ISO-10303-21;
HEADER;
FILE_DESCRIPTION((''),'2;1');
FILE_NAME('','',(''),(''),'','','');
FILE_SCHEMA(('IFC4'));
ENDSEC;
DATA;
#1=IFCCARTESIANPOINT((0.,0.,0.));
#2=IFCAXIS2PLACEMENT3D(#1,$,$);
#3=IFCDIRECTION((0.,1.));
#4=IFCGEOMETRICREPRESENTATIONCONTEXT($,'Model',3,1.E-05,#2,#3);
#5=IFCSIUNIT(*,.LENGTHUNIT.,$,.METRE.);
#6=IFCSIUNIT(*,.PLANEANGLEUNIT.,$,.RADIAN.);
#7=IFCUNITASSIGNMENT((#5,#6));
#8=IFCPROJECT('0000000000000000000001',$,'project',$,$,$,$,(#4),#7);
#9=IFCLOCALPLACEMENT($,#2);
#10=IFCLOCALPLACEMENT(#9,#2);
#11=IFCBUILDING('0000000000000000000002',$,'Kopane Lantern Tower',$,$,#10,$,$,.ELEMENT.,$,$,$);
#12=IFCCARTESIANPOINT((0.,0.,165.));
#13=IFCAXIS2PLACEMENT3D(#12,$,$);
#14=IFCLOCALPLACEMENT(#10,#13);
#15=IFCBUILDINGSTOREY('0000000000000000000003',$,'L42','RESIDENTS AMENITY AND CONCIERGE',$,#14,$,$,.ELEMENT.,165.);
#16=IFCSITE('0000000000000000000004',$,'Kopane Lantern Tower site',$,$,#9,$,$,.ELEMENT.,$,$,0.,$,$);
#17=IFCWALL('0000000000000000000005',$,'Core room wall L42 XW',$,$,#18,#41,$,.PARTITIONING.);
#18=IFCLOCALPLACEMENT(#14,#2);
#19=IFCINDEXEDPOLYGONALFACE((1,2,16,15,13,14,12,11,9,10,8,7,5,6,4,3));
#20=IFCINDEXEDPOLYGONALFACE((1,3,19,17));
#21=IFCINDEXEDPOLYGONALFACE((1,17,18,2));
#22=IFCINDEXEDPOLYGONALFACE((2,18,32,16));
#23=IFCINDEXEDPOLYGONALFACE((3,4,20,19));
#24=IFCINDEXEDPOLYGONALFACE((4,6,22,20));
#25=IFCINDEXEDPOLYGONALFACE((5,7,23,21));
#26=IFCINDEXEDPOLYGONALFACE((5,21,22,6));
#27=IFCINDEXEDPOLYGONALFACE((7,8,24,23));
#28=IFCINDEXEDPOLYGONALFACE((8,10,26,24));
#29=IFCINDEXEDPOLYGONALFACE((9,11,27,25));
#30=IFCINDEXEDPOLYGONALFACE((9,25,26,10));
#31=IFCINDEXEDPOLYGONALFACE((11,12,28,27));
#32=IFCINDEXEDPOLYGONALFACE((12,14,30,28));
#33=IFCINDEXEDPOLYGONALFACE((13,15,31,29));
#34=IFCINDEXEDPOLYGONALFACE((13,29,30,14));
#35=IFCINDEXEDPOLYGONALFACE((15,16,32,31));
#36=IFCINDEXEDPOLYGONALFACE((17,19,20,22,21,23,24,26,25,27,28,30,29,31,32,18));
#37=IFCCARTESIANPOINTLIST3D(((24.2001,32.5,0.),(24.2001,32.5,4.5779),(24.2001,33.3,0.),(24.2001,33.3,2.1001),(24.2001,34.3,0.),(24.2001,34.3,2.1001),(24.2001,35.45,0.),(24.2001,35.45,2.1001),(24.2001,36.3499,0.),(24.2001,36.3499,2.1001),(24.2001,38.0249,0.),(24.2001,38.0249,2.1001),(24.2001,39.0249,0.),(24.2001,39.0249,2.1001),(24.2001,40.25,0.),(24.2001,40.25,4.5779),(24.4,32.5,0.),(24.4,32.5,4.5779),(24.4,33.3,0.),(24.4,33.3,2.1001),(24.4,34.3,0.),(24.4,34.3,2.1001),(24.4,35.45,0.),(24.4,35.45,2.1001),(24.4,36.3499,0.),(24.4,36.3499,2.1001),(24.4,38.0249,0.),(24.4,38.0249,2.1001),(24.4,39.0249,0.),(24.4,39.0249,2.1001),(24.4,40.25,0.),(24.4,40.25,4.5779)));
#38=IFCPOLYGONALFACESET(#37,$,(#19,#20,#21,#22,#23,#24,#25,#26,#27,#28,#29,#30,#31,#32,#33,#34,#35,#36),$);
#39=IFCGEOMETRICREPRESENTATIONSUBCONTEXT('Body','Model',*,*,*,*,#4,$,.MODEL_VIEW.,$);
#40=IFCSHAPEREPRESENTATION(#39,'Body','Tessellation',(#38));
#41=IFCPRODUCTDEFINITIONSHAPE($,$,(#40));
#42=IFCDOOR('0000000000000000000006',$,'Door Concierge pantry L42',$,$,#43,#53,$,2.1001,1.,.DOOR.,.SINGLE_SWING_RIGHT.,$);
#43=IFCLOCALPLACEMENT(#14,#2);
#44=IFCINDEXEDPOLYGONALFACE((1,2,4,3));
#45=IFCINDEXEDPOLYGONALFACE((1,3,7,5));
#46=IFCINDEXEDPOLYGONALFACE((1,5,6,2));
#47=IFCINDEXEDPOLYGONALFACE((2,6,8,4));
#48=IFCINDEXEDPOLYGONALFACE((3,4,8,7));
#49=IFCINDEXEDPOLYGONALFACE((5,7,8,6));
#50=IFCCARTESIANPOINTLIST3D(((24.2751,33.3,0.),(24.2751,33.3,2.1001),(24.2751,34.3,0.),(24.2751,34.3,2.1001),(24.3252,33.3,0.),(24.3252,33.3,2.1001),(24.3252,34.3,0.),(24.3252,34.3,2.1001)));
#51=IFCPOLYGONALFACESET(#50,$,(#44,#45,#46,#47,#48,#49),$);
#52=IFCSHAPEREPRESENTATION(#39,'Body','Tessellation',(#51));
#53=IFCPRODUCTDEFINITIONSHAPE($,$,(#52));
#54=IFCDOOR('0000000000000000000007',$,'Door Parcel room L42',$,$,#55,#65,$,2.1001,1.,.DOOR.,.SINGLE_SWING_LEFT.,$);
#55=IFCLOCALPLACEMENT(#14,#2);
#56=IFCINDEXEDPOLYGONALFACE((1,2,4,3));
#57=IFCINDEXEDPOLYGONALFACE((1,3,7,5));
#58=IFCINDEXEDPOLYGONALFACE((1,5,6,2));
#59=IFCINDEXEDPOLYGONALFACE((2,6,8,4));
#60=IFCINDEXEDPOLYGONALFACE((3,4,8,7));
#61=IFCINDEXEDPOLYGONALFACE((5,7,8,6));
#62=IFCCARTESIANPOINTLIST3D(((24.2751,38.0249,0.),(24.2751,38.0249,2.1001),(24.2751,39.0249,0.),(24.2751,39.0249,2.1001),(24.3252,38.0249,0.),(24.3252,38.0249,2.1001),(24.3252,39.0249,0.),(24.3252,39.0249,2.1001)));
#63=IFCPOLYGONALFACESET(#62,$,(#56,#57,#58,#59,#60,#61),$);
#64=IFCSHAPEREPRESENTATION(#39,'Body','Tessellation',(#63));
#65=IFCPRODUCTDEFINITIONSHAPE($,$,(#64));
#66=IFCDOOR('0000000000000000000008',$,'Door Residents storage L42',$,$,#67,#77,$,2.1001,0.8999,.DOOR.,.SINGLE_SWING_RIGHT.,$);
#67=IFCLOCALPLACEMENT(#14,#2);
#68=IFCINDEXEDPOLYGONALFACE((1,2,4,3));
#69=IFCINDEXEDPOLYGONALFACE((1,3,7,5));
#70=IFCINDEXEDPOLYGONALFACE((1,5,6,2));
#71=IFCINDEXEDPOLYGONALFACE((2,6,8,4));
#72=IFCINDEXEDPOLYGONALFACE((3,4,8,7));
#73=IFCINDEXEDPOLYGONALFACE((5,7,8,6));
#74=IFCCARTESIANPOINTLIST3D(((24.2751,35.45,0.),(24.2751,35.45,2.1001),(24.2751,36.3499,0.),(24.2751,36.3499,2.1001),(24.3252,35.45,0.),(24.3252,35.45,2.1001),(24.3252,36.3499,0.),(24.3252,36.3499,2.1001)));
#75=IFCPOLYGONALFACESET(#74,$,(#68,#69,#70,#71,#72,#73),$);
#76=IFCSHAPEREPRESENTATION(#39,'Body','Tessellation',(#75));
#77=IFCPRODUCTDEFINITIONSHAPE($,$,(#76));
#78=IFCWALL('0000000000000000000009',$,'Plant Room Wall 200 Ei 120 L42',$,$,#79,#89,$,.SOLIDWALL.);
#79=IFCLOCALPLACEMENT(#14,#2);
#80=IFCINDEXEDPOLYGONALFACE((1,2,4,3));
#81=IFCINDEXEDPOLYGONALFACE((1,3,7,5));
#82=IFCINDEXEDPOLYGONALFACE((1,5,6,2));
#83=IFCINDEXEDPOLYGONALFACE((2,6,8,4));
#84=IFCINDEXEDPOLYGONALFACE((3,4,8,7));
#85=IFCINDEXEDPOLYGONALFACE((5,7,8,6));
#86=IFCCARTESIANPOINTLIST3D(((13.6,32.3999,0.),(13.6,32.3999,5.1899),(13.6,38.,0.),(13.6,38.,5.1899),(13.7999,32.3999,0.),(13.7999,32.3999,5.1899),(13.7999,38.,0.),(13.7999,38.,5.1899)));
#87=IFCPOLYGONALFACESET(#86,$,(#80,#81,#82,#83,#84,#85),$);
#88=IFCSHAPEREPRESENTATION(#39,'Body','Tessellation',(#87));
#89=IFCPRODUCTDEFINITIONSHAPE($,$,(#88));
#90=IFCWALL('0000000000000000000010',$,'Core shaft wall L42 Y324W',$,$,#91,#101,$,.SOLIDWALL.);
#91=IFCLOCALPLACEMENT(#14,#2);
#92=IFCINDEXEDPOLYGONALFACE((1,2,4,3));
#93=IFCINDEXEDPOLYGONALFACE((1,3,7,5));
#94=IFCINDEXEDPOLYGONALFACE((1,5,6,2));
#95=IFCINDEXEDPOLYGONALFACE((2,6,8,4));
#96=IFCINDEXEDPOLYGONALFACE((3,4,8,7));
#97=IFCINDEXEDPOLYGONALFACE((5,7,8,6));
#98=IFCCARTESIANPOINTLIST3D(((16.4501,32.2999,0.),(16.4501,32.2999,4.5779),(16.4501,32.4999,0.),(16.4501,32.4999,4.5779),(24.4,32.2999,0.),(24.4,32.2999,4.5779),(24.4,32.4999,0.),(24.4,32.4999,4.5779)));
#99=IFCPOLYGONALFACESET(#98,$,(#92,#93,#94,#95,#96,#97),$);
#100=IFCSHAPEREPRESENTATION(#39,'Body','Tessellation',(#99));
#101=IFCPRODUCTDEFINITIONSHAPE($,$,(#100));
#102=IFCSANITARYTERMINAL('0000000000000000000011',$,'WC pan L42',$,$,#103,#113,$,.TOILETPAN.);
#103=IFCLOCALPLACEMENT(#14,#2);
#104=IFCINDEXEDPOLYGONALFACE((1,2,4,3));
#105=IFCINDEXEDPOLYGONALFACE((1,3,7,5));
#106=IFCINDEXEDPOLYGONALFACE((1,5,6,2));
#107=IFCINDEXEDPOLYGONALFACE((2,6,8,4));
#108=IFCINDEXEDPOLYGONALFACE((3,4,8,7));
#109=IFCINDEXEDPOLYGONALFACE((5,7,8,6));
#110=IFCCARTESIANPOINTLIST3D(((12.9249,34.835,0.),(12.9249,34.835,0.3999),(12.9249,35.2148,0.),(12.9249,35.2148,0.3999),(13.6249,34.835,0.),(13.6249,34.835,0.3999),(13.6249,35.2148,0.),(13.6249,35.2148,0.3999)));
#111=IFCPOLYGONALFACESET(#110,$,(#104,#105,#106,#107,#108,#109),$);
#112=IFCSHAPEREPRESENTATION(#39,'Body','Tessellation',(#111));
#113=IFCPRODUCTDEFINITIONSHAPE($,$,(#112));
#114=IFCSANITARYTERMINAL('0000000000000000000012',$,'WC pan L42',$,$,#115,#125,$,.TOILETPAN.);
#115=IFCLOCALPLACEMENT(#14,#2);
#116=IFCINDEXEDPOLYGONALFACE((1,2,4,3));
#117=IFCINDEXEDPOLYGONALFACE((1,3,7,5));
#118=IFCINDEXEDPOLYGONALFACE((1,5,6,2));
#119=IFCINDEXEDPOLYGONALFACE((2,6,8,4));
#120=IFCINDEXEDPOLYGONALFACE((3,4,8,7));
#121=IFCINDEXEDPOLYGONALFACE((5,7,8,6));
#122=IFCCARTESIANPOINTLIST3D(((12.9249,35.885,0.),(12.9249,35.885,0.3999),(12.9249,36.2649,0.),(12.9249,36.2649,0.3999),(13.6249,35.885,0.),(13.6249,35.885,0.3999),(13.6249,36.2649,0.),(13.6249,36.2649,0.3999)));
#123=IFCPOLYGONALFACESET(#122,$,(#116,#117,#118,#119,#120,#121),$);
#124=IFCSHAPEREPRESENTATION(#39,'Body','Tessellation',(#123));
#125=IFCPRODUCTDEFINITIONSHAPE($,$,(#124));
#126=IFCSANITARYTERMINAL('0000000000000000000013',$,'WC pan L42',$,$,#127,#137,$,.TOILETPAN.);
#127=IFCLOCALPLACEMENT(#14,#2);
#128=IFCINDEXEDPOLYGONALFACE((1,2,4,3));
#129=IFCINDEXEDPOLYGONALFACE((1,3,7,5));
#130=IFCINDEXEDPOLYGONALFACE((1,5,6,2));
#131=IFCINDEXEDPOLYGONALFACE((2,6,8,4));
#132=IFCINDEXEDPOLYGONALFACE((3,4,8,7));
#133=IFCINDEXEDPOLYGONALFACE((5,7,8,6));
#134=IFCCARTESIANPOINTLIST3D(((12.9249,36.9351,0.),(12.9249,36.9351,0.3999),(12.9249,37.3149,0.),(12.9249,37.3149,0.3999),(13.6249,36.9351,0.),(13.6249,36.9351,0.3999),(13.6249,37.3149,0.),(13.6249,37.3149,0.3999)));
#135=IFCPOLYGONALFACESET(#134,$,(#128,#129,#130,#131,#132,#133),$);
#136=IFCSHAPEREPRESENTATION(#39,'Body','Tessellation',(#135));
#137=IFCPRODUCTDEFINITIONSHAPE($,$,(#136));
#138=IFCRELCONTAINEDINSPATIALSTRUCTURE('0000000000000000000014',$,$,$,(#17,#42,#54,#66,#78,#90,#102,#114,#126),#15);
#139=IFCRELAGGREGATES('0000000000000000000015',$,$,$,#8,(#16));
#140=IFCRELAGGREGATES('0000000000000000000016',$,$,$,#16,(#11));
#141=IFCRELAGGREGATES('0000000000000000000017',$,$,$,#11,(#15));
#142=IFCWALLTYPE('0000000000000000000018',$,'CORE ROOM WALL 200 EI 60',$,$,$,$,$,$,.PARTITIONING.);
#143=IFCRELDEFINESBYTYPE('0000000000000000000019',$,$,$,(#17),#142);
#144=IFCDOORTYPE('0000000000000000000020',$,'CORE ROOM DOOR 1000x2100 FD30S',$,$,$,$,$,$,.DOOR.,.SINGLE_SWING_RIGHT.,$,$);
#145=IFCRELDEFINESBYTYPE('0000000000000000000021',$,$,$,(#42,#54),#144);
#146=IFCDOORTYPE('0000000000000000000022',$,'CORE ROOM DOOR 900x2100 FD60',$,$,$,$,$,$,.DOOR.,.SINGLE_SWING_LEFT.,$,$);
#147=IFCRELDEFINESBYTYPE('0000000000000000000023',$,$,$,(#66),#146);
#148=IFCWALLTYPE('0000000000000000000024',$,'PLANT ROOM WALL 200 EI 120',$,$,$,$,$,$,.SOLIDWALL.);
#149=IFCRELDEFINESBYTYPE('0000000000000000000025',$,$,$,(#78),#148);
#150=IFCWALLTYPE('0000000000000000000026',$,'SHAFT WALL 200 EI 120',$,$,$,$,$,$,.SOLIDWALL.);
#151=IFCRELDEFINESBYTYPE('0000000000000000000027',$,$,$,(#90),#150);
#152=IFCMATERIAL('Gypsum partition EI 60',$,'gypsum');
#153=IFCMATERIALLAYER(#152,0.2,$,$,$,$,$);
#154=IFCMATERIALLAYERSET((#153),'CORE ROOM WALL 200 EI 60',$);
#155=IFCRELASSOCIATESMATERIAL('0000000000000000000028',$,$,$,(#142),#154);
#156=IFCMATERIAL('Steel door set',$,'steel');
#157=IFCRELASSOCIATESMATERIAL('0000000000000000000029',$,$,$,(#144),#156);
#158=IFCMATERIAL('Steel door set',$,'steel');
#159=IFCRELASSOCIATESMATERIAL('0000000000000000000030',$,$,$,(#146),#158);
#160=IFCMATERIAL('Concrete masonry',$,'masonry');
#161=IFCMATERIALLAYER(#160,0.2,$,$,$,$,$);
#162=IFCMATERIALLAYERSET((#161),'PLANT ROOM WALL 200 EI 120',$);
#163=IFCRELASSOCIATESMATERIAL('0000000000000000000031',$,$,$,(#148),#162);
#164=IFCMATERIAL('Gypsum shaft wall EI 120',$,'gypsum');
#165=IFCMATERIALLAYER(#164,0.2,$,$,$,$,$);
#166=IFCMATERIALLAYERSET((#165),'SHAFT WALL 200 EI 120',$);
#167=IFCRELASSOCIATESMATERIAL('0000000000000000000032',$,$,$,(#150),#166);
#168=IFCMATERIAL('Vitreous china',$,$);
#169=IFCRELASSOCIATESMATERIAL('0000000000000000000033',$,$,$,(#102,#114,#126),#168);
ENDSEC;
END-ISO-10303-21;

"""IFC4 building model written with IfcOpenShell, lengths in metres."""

from ifc_helpers import new_model, si_unit, direction, frame, frame_2d, origin, origin_2d, place, context, subcontext, project, spatial, rectangle, extrude, material, layer, layer_set, type_object, element, fill, save


model = new_model("IFC4")

# Units and contexts
model_context = context("Model", 3, precision=1e-05, world=origin(), true_north=direction((0.0, 1.0)))
body_context = subcontext(model_context, "Body", "Model", "MODEL_VIEW")
ifc_project = project(units=[si_unit("LENGTHUNIT", "METRE"), si_unit("PLANEANGLEUNIT", "RADIAN")], contexts=[model_context])

# Site, building, storey
site_placement = place(None, origin())
site = spatial("IfcSite", under=ifc_project, at=site_placement, Name="Kopane Lantern Tower site", CompositionType="ELEMENT", RefElevation=0.0)
building_placement = place(site_placement, origin())
building = spatial("IfcBuilding", under=site, at=building_placement, Name="Kopane Lantern Tower", CompositionType="ELEMENT")
storey_placement = place(building_placement, frame((0.0, 0.0, 165.0)))
storey = spatial("IfcBuildingStorey", under=building, at=storey_placement, Name="L42", Description="RESIDENTS AMENITY AND CONCIERGE", CompositionType="ELEMENT", Elevation=165.0)

# Wall, openings, doors
ifc_material_1 = material(Name="Gypsum partition EI 60", Category="gypsum")
ifc_layer_1 = layer(ifc_material_1, 0.2)
ifc_layer_set_1 = layer_set([ifc_layer_1], Name="CORE ROOM WALL 200 EI 60")
wall_type_1 = type_object("IfcWallType", Name="CORE ROOM WALL 200 EI 60", PredefinedType="PARTITIONING", material=ifc_layer_set_1)
wall_1_placement = place(storey_placement, frame((24.3, 32.5, 0.0), z_axis=(0.0, 0.0, 1.0), x_axis=(0.0, 1.0, 0.0)))
wall_1 = element("IfcWall", 1, at=wall_1_placement, inside=storey, type_object=wall_type_1, Name="Core room wall L42 XW", PredefinedType="PARTITIONING", context=body_context, shape_type="SweptSolid", body=[
    extrude(rectangle(XDim=7.75, YDim=0.2, at=frame_2d((3.875, 0.0))), origin(), (0.0, 0.0, 1.0), 4.5779),
])
opening_1_placement = place(wall_1_placement, frame((0.8, 0.0, 0.0)))
opening_1 = element("IfcOpeningElement", 2, at=opening_1_placement, cuts=wall_1, PredefinedType="OPENING", context=body_context, shape_type="SweptSolid", body=[
    extrude(rectangle(XDim=1.0, YDim=2.1001, at=frame_2d((0.5, 1.05))), frame((0.0, 0.1099, 0.0), z_axis=(0.0, -1.0, 0.0), x_axis=(1.0, 0.0, 0.0)), (0.0, 0.0, 1.0), 0.22),
])
opening_2_placement = place(wall_1_placement, frame((2.95, 0.0, 0.0)))
opening_2 = element("IfcOpeningElement", 3, at=opening_2_placement, cuts=wall_1, PredefinedType="OPENING", context=body_context, shape_type="SweptSolid", body=[
    extrude(rectangle(XDim=0.8999, YDim=2.1001, at=frame_2d((0.45, 1.05))), frame((0.0, 0.1099, 0.0), z_axis=(0.0, -1.0, 0.0), x_axis=(1.0, 0.0, 0.0)), (0.0, 0.0, 1.0), 0.22),
])
opening_3_placement = place(wall_1_placement, frame((5.5249, 0.0, 0.0)))
opening_3 = element("IfcOpeningElement", 4, at=opening_3_placement, cuts=wall_1, PredefinedType="OPENING", context=body_context, shape_type="SweptSolid", body=[
    extrude(rectangle(XDim=1.0, YDim=2.1001, at=frame_2d((0.5, 1.05))), frame((0.0, 0.1099, 0.0), z_axis=(0.0, -1.0, 0.0), x_axis=(1.0, 0.0, 0.0)), (0.0, 0.0, 1.0), 0.22),
])
ifc_material_2 = material(Name="Steel door set", Category="steel")
door_type_1 = type_object("IfcDoorType", Name="CORE ROOM DOOR 1000x2100 FD30S", OperationType="SINGLE_SWING_RIGHT", PredefinedType="DOOR", material=ifc_material_2)
door_1_placement = place(opening_1_placement, origin())
door_1 = element("IfcDoor", 5, at=door_1_placement, inside=storey, type_object=door_type_1, Name="Door Concierge pantry L42", OperationType="SINGLE_SWING_RIGHT", OverallHeight=2.1001, OverallWidth=1.0, PredefinedType="DOOR", context=body_context, shape_type="SweptSolid", body=[
    extrude(rectangle(XDim=1.0, YDim=2.1001, at=frame_2d((0.5, 1.05))), frame((0.0, 0.0249, 0.0), z_axis=(0.0, -1.0, 0.0), x_axis=(1.0, 0.0, 0.0)), (0.0, 0.0, 1.0), 0.05),
])
fill(opening_1, door_1)
door_2_placement = place(opening_3_placement, origin())
door_2 = element("IfcDoor", 6, at=door_2_placement, inside=storey, type_object=door_type_1, Name="Door Parcel room L42", OperationType="SINGLE_SWING_LEFT", OverallHeight=2.1001, OverallWidth=1.0, PredefinedType="DOOR", context=body_context, shape_type="SweptSolid", body=[
    extrude(rectangle(XDim=1.0, YDim=2.1001, at=frame_2d((0.5, 1.05))), frame((0.0, 0.0249, 0.0), z_axis=(0.0, -1.0, 0.0), x_axis=(1.0, 0.0, 0.0)), (0.0, 0.0, 1.0), 0.05),
])
fill(opening_3, door_2)
ifc_material_3 = material(Name="Steel door set", Category="steel")
door_type_2 = type_object("IfcDoorType", Name="CORE ROOM DOOR 900x2100 FD60", OperationType="SINGLE_SWING_LEFT", PredefinedType="DOOR", material=ifc_material_3)
door_3_placement = place(opening_2_placement, origin())
door_3 = element("IfcDoor", 7, at=door_3_placement, inside=storey, type_object=door_type_2, Name="Door Residents storage L42", OperationType="SINGLE_SWING_RIGHT", OverallHeight=2.1001, OverallWidth=0.8999, PredefinedType="DOOR", context=body_context, shape_type="SweptSolid", body=[
    extrude(rectangle(XDim=0.8999, YDim=2.1001, at=frame_2d((0.45, 1.05))), frame((0.0, 0.0249, 0.0), z_axis=(0.0, -1.0, 0.0), x_axis=(1.0, 0.0, 0.0)), (0.0, 0.0, 1.0), 0.05),
])
fill(opening_2, door_3)

# Walls
ifc_material_4 = material(Name="Concrete masonry", Category="masonry")
ifc_layer_2 = layer(ifc_material_4, 0.2)
ifc_layer_set_2 = layer_set([ifc_layer_2], Name="PLANT ROOM WALL 200 EI 120")
wall_type_2 = type_object("IfcWallType", Name="PLANT ROOM WALL 200 EI 120", PredefinedType="SOLIDWALL", material=ifc_layer_set_2)
wall_2_placement = place(storey_placement, frame((13.7, 32.3999, 0.0), z_axis=(0.0, 0.0, 1.0), x_axis=(0.0, 1.0, 0.0)))
element("IfcWall", 8, at=wall_2_placement, inside=storey, type_object=wall_type_2, Name="Plant Room Wall 200 Ei 120 L42", PredefinedType="SOLIDWALL", context=body_context, shape_type="SweptSolid", body=[
    extrude(rectangle(XDim=5.6001, YDim=0.2, at=frame_2d((2.8, 0.0))), origin(), (0.0, 0.0, 1.0), 5.1899),
])
ifc_material_5 = material(Name="Gypsum shaft wall EI 120", Category="gypsum")
ifc_layer_3 = layer(ifc_material_5, 0.2)
ifc_layer_set_3 = layer_set([ifc_layer_3], Name="SHAFT WALL 200 EI 120")
wall_type_3 = type_object("IfcWallType", Name="SHAFT WALL 200 EI 120", PredefinedType="SOLIDWALL", material=ifc_layer_set_3)
wall_3_placement = place(storey_placement, frame((16.45, 32.3999, 0.0), z_axis=(0.0, 0.0, 1.0), x_axis=(1.0, 0.0, 0.0)))
element("IfcWall", 9, at=wall_3_placement, inside=storey, type_object=wall_type_3, Name="Core shaft wall L42 Y324W", PredefinedType="SOLIDWALL", context=body_context, shape_type="SweptSolid", body=[
    extrude(rectangle(XDim=7.95, YDim=0.2, at=frame_2d((3.9751, 0.0))), origin(), (0.0, 0.0, 1.0), 4.5779),
])

# Sanitary terminals
ifc_material_6 = material(Name="Vitreous china")
for number, where, z_axis, x_axis, name in (
    (10, (13.2749, 35.0249, 0.0), (0.0, 0.0, 1.0), (1.0, 0.0, 0.0), "WC pan L42"),
    (11, (13.2749, 36.075, 0.0), (0.0, 0.0, 1.0), (1.0, 0.0, 0.0), "WC pan L42"),
    (12, (13.2749, 37.125, 0.0), (0.0, 0.0, 1.0), (1.0, 0.0, 0.0), "WC pan L42"),
):
    element("IfcSanitaryTerminal", number, at=place(storey_placement, frame(where, z_axis=z_axis, x_axis=x_axis)), inside=storey, material=ifc_material_6, Name=name, PredefinedType="TOILETPAN", context=body_context, shape_type="SweptSolid", body=[
        extrude(rectangle(XDim=0.7, YDim=0.3799, at=origin_2d()), origin(), (0.0, 0.0, 1.0), 0.3999),
    ])

save(model, "model.ifc")
